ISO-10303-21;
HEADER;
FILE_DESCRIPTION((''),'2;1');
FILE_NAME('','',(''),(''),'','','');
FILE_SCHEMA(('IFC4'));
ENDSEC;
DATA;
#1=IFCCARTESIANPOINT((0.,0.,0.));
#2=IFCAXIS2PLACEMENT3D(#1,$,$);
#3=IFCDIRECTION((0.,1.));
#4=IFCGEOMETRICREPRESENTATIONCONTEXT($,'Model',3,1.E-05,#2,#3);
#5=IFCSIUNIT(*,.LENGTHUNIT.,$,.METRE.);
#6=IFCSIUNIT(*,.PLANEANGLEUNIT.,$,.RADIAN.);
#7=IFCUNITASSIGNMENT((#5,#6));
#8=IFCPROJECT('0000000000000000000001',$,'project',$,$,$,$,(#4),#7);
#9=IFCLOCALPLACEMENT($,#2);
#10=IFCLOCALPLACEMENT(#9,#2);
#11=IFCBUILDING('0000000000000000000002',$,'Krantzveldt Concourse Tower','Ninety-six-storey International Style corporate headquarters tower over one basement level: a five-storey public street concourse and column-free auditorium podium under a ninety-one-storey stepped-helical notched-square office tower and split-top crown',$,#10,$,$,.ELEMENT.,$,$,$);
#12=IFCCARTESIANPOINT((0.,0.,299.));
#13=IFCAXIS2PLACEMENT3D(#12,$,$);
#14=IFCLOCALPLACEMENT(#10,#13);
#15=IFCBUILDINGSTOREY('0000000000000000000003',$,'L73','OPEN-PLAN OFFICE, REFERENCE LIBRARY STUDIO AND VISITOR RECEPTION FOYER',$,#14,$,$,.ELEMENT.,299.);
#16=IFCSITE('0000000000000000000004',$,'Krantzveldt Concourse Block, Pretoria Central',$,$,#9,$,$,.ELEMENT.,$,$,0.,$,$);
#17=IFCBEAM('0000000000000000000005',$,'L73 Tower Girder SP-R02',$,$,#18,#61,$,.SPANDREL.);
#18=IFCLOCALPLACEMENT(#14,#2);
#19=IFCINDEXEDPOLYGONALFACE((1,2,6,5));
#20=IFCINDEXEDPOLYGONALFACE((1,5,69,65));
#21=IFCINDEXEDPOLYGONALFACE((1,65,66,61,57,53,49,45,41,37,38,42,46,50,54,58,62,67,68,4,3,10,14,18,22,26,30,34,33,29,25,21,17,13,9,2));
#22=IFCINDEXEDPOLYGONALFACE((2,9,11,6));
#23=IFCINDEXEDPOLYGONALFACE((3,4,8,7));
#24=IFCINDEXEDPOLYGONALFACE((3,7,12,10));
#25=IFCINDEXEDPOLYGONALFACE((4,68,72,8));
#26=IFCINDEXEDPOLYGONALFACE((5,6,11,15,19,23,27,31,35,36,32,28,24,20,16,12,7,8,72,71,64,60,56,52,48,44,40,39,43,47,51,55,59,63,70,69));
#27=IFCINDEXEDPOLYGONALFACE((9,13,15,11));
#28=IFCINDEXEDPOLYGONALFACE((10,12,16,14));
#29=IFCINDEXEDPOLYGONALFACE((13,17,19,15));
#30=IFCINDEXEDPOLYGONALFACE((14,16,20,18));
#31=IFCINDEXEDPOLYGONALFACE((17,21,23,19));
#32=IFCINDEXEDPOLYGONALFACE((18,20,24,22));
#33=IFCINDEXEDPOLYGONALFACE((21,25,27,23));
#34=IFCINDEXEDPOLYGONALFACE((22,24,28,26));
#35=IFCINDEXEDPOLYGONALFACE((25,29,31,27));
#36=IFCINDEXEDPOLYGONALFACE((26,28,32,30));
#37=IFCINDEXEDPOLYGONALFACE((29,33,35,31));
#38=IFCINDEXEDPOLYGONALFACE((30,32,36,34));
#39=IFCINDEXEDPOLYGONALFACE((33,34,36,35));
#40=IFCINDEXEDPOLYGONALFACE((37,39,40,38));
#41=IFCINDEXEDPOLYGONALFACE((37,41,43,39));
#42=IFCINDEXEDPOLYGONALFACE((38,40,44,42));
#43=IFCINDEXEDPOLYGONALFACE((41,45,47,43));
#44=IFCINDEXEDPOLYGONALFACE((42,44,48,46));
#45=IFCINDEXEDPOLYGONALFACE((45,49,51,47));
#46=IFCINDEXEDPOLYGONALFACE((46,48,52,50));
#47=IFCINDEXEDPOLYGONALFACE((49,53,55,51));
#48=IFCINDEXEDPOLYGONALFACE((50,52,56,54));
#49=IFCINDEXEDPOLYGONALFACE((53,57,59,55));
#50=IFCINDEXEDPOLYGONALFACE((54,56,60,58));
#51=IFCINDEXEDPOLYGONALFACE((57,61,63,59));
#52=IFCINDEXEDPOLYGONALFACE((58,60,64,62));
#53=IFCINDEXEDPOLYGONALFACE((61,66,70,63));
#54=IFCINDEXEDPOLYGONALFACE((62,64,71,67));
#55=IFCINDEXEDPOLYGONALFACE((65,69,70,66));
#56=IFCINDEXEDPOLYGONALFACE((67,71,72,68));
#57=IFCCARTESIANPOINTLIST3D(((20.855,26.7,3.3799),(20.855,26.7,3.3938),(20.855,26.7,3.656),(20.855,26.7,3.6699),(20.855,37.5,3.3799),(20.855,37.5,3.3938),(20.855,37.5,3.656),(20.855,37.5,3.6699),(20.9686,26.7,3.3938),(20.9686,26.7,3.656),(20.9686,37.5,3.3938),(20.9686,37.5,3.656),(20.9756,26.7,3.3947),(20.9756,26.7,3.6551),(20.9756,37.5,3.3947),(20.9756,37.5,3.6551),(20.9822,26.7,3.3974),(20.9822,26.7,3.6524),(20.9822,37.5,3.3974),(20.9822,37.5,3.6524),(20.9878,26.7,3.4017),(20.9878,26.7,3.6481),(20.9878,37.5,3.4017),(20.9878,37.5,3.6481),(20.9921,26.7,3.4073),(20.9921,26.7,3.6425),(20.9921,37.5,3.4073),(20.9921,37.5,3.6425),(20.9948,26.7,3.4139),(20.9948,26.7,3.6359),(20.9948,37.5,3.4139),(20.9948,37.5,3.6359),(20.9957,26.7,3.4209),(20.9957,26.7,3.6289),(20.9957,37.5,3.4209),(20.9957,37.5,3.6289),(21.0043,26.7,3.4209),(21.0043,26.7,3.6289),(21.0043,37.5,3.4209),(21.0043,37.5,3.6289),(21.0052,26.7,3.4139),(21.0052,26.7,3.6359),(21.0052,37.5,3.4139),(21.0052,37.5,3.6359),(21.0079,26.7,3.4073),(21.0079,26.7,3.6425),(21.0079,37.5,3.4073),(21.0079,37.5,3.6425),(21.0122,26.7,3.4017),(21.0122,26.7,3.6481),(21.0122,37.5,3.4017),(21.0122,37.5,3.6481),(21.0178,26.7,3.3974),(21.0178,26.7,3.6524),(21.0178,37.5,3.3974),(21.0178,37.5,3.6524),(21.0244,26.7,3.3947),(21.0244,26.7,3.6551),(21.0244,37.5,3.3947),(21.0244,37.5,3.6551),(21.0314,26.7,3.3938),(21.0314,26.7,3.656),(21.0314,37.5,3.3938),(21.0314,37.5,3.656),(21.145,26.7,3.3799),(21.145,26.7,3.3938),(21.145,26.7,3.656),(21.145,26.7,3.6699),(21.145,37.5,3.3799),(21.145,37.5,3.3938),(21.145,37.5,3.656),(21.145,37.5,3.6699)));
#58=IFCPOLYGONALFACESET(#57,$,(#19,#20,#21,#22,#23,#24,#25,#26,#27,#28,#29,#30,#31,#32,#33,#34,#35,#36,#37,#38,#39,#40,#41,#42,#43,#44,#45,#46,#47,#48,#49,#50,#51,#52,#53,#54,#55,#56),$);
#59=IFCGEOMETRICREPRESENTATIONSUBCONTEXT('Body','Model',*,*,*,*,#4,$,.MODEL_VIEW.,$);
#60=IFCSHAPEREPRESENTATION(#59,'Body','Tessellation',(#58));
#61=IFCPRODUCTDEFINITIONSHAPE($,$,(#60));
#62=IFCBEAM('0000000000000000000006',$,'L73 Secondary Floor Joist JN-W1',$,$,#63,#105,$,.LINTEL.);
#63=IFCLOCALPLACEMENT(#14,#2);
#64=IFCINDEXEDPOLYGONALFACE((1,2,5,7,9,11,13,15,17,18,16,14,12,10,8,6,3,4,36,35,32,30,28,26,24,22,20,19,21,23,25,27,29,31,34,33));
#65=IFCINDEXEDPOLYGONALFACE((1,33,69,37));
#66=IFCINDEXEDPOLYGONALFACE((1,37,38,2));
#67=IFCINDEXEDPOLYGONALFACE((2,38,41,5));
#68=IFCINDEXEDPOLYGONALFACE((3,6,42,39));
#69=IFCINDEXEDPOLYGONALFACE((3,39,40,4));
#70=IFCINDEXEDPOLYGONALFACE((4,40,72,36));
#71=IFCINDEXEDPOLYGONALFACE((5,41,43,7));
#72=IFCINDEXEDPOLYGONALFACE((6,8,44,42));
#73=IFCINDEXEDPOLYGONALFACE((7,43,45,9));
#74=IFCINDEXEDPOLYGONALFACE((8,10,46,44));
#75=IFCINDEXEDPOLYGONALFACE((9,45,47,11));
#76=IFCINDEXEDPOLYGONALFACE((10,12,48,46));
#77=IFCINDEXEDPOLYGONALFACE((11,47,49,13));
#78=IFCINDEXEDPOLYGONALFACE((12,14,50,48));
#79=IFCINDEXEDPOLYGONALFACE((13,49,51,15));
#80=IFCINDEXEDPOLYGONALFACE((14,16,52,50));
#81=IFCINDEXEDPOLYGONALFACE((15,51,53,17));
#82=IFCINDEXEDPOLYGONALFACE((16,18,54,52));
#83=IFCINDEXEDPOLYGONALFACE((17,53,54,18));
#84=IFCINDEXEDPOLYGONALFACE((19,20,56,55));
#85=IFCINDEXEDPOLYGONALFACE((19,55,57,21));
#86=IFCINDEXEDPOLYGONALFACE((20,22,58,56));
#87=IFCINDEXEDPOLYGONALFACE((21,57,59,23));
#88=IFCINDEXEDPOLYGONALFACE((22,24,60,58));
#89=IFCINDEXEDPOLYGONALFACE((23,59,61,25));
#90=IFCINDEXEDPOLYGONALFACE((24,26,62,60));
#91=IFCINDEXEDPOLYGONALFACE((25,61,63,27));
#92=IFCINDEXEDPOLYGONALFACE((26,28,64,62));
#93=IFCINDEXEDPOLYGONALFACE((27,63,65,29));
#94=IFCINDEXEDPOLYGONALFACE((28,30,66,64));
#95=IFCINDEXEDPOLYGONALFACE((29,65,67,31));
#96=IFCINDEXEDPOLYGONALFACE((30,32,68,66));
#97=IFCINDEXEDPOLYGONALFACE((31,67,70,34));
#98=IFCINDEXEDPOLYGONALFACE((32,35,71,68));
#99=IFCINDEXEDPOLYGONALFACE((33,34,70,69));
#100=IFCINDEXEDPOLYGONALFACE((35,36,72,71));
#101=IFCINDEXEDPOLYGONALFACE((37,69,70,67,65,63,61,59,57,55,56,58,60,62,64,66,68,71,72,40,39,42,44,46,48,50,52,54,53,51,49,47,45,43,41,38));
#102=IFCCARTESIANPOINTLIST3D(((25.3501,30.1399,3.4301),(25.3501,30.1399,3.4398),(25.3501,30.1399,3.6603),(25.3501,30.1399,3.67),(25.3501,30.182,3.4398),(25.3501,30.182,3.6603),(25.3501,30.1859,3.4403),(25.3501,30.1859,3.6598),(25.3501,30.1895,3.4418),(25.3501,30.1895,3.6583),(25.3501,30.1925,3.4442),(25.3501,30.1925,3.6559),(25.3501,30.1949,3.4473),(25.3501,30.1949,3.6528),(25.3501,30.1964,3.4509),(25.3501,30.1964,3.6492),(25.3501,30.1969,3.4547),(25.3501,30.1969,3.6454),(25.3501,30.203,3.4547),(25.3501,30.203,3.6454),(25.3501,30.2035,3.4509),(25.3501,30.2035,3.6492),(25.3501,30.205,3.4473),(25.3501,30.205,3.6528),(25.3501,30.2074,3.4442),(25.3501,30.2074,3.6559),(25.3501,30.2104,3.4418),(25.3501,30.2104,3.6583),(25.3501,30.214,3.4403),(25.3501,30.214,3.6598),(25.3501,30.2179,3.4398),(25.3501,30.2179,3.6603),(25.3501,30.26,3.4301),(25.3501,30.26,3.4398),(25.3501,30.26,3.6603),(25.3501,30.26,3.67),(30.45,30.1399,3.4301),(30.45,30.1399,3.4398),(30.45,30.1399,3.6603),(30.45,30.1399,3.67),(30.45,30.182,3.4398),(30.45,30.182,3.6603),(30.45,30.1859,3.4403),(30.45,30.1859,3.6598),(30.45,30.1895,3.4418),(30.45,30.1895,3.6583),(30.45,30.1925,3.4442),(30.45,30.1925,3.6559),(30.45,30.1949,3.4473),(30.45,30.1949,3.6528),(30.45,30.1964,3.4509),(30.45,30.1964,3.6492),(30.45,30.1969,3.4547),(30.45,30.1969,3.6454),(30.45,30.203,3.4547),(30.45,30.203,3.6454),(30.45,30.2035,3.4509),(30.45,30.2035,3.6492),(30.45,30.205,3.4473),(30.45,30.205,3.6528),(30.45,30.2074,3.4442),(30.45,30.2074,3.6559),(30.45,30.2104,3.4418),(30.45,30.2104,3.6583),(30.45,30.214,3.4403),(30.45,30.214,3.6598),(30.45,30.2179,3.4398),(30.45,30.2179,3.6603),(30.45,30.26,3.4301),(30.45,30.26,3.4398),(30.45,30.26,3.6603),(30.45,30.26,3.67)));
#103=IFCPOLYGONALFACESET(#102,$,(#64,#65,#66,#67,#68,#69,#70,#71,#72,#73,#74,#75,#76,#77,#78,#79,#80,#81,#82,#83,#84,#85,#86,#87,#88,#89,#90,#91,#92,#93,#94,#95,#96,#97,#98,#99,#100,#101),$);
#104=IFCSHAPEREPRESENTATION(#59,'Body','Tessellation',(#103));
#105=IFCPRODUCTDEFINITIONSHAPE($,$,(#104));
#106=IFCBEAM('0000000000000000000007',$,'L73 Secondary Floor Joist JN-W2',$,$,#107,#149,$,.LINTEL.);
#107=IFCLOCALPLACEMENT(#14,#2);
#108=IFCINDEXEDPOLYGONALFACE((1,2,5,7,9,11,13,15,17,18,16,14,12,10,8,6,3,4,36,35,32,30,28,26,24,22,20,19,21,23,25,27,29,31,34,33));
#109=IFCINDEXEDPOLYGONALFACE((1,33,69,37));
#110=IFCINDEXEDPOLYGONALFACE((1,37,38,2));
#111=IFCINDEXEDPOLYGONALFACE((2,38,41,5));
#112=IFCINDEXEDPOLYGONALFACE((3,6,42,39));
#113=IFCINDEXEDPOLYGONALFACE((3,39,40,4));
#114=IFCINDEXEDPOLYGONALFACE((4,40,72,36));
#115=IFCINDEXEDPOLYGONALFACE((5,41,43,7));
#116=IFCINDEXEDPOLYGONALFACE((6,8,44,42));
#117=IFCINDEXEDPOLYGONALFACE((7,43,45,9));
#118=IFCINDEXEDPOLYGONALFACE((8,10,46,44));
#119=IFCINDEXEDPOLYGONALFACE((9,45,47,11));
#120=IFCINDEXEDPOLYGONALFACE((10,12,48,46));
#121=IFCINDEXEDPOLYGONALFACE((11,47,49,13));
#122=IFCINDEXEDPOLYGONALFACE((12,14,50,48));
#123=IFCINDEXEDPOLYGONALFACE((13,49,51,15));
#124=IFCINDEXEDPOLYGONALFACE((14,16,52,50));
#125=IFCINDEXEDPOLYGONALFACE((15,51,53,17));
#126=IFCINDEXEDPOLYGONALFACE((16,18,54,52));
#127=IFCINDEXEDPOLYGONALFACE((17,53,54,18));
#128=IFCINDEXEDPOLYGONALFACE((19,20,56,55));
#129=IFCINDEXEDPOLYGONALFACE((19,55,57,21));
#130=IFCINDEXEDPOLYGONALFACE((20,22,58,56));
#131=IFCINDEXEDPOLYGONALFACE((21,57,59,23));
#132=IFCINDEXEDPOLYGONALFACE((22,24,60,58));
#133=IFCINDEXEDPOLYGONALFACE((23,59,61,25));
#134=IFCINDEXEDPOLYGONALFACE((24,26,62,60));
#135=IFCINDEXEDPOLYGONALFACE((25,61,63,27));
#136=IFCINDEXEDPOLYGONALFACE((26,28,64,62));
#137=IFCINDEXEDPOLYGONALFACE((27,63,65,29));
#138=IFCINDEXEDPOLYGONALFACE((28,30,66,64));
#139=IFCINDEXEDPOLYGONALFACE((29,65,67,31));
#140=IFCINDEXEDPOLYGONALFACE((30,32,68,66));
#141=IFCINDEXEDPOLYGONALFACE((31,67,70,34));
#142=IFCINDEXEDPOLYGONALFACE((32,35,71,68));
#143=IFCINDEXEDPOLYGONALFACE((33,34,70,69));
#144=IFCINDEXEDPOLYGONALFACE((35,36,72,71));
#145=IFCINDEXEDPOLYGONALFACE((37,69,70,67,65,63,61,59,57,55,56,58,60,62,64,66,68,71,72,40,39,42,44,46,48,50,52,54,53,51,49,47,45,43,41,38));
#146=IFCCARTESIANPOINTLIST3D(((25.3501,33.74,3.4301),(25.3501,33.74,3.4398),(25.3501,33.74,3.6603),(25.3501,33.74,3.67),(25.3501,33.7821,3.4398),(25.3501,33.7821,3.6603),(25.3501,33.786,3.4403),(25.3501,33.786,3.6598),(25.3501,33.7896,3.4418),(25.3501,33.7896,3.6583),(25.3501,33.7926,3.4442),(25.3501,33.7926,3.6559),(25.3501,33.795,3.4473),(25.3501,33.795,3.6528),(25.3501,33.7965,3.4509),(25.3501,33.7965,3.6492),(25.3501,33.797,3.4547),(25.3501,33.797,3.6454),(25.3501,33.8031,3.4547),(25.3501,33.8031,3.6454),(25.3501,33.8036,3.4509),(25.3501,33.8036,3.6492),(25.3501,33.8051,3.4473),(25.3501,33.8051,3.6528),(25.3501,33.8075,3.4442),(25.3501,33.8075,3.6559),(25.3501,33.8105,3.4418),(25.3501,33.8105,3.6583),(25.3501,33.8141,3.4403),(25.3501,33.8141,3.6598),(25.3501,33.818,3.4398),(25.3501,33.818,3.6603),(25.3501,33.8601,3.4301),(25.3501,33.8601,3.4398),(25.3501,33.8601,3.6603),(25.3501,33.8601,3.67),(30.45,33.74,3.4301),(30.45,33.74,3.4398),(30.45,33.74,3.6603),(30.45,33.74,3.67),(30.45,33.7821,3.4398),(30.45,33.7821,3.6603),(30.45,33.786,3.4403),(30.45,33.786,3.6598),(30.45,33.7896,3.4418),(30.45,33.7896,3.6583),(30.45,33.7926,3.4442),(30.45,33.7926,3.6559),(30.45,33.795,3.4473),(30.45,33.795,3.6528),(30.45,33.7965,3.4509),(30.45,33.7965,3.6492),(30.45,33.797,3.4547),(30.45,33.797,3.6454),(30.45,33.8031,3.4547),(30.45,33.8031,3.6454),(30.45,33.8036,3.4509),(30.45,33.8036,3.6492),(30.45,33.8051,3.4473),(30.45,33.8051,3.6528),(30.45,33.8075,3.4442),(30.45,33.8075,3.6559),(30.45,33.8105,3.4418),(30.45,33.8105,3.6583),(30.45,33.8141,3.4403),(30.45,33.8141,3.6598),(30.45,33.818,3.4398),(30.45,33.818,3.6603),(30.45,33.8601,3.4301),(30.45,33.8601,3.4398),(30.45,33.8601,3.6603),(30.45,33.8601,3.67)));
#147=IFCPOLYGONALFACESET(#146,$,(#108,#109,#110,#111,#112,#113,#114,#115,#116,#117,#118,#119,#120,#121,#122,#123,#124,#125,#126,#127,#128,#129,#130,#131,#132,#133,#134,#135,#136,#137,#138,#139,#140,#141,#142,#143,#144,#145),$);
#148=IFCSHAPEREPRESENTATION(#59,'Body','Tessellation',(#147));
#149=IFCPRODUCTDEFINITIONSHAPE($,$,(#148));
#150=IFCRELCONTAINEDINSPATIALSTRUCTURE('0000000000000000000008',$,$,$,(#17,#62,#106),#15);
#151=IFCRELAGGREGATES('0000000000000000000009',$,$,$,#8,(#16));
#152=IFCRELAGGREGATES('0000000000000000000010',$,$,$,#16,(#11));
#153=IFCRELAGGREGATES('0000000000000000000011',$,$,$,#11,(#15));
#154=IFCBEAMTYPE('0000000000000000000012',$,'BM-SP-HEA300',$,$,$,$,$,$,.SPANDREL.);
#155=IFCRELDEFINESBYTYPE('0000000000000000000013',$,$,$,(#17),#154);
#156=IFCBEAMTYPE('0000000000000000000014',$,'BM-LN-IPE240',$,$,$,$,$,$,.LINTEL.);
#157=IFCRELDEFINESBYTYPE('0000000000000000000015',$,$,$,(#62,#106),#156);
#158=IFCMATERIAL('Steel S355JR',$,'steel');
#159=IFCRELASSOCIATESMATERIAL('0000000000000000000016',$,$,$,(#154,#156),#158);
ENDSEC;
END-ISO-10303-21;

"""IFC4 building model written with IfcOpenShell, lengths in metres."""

from ifc_helpers import new_model, si_unit, direction, frame, origin, origin_2d, place, context, subcontext, project, spatial, i_section, extrude, source, transform, mapped, material, material_profile, profile_set, type_object, type_shapes, element, save


model = new_model("IFC4")

# Units and contexts
model_context = context("Model", 3, precision=1e-05, world=origin(), true_north=direction((0.0, 1.0)))
body_context = subcontext(model_context, "Body", "Model", "MODEL_VIEW")
ifc_project = project(units=[si_unit("LENGTHUNIT", "METRE"), si_unit("PLANEANGLEUNIT", "RADIAN")], contexts=[model_context])

# Site, building, storey
site_placement = place(None, origin())
site = spatial("IfcSite", under=ifc_project, at=site_placement, Name="Krantzveldt Concourse Block, Pretoria Central", CompositionType="ELEMENT", RefElevation=0.0)
building_placement = place(site_placement, origin())
building = spatial("IfcBuilding", under=site, at=building_placement, Name="Krantzveldt Concourse Tower", Description="Ninety-six-storey International Style corporate headquarters tower over one basement level: a five-storey public street concourse and column-free auditorium podium under a ninety-one-storey stepped-helical notched-square office tower and split-top crown", CompositionType="ELEMENT")
storey_placement = place(building_placement, frame((0.0, 0.0, 299.0)))
storey = spatial("IfcBuildingStorey", under=building, at=storey_placement, Name="L73", Description="OPEN-PLAN OFFICE, REFERENCE LIBRARY STUDIO AND VISITOR RECEPTION FOYER", CompositionType="ELEMENT", Elevation=299.0)

# Beams
ifc_material_1 = material(Name="Steel S355JR", Category="steel")
ifc_material_profile_1 = material_profile(ifc_material_1, i_section(OverallWidth=0.29, OverallDepth=0.29, WebThickness=0.0085, FlangeThickness=0.0139, FilletRadius=0.0271, at=origin_2d()), Name="Steel S355JR", Category="steel")
ifc_profile_set_1 = profile_set([ifc_material_profile_1], Name="Steel S355JR - HEA 300")
beam_type_1 = type_object("IfcBeamType", Name="BM-SP-HEA300", PredefinedType="SPANDREL", material=ifc_profile_set_1)
shared_shape_1 = source(origin(), body_context, "Body", "SweptSolid", [
    extrude(i_section(OverallWidth=0.29, OverallDepth=0.29, WebThickness=0.0085, FlangeThickness=0.0139, FilletRadius=0.0271, at=origin_2d()), origin(), (0.0, 0.0, 1.0), 10.8),
])
type_shapes(beam_type_1, [shared_shape_1])
beam_1_placement = place(storey_placement, frame((21.0, 26.7, 3.5249), z_axis=(0.0, 1.0, 0.0), x_axis=(-1.0, 0.0, 0.0)))
element("IfcBeam", 1, at=beam_1_placement, inside=storey, type_object=beam_type_1, Name="L73 Tower Girder SP-R02", PredefinedType="SPANDREL", context=body_context, shape_type="MappedRepresentation", body=[
    mapped(shared_shape_1, transform((0.0, 0.0, 0.0), x_axis=(1.0, 0.0, 0.0), y_axis=(0.0, 1.0, 0.0), z_axis=(0.0, 0.0, 1.0), scale=1.0)),
])
ifc_material_profile_2 = material_profile(ifc_material_1, i_section(OverallWidth=0.1201, OverallDepth=0.24, WebThickness=0.0061, FlangeThickness=0.0098, FilletRadius=0.0149, at=origin_2d()), Name="Steel S355JR", Category="steel")
ifc_profile_set_2 = profile_set([ifc_material_profile_2], Name="Steel S355JR - IPE 240")
beam_type_2 = type_object("IfcBeamType", Name="BM-LN-IPE240", PredefinedType="LINTEL", material=ifc_profile_set_2)
shared_shape_2 = source(origin(), body_context, "Body", "SweptSolid", [
    extrude(i_section(OverallWidth=0.1201, OverallDepth=0.24, WebThickness=0.0061, FlangeThickness=0.0098, FilletRadius=0.0149, at=origin_2d()), origin(), (0.0, 0.0, 1.0), 5.0999),
])
type_shapes(beam_type_2, [shared_shape_2])
for number, where, z_axis, x_axis, name in (
    (2, (25.3501, 30.2, 3.55), (1.0, 0.0, 0.0), (0.0, 1.0, 0.0), "L73 Secondary Floor Joist JN-W1"),
    (3, (25.3501, 33.8, 3.55), (1.0, 0.0, 0.0), (0.0, 1.0, 0.0), "L73 Secondary Floor Joist JN-W2"),
):
    element("IfcBeam", number, at=place(storey_placement, frame(where, z_axis=z_axis, x_axis=x_axis)), inside=storey, type_object=beam_type_2, Name=name, PredefinedType="LINTEL", context=body_context, shape_type="MappedRepresentation", body=[
        mapped(shared_shape_2, transform((0.0, 0.0, 0.0), x_axis=(1.0, 0.0, 0.0), y_axis=(0.0, 1.0, 0.0), z_axis=(0.0, 0.0, 1.0), scale=1.0)),
    ])

save(model, "model.ifc")
